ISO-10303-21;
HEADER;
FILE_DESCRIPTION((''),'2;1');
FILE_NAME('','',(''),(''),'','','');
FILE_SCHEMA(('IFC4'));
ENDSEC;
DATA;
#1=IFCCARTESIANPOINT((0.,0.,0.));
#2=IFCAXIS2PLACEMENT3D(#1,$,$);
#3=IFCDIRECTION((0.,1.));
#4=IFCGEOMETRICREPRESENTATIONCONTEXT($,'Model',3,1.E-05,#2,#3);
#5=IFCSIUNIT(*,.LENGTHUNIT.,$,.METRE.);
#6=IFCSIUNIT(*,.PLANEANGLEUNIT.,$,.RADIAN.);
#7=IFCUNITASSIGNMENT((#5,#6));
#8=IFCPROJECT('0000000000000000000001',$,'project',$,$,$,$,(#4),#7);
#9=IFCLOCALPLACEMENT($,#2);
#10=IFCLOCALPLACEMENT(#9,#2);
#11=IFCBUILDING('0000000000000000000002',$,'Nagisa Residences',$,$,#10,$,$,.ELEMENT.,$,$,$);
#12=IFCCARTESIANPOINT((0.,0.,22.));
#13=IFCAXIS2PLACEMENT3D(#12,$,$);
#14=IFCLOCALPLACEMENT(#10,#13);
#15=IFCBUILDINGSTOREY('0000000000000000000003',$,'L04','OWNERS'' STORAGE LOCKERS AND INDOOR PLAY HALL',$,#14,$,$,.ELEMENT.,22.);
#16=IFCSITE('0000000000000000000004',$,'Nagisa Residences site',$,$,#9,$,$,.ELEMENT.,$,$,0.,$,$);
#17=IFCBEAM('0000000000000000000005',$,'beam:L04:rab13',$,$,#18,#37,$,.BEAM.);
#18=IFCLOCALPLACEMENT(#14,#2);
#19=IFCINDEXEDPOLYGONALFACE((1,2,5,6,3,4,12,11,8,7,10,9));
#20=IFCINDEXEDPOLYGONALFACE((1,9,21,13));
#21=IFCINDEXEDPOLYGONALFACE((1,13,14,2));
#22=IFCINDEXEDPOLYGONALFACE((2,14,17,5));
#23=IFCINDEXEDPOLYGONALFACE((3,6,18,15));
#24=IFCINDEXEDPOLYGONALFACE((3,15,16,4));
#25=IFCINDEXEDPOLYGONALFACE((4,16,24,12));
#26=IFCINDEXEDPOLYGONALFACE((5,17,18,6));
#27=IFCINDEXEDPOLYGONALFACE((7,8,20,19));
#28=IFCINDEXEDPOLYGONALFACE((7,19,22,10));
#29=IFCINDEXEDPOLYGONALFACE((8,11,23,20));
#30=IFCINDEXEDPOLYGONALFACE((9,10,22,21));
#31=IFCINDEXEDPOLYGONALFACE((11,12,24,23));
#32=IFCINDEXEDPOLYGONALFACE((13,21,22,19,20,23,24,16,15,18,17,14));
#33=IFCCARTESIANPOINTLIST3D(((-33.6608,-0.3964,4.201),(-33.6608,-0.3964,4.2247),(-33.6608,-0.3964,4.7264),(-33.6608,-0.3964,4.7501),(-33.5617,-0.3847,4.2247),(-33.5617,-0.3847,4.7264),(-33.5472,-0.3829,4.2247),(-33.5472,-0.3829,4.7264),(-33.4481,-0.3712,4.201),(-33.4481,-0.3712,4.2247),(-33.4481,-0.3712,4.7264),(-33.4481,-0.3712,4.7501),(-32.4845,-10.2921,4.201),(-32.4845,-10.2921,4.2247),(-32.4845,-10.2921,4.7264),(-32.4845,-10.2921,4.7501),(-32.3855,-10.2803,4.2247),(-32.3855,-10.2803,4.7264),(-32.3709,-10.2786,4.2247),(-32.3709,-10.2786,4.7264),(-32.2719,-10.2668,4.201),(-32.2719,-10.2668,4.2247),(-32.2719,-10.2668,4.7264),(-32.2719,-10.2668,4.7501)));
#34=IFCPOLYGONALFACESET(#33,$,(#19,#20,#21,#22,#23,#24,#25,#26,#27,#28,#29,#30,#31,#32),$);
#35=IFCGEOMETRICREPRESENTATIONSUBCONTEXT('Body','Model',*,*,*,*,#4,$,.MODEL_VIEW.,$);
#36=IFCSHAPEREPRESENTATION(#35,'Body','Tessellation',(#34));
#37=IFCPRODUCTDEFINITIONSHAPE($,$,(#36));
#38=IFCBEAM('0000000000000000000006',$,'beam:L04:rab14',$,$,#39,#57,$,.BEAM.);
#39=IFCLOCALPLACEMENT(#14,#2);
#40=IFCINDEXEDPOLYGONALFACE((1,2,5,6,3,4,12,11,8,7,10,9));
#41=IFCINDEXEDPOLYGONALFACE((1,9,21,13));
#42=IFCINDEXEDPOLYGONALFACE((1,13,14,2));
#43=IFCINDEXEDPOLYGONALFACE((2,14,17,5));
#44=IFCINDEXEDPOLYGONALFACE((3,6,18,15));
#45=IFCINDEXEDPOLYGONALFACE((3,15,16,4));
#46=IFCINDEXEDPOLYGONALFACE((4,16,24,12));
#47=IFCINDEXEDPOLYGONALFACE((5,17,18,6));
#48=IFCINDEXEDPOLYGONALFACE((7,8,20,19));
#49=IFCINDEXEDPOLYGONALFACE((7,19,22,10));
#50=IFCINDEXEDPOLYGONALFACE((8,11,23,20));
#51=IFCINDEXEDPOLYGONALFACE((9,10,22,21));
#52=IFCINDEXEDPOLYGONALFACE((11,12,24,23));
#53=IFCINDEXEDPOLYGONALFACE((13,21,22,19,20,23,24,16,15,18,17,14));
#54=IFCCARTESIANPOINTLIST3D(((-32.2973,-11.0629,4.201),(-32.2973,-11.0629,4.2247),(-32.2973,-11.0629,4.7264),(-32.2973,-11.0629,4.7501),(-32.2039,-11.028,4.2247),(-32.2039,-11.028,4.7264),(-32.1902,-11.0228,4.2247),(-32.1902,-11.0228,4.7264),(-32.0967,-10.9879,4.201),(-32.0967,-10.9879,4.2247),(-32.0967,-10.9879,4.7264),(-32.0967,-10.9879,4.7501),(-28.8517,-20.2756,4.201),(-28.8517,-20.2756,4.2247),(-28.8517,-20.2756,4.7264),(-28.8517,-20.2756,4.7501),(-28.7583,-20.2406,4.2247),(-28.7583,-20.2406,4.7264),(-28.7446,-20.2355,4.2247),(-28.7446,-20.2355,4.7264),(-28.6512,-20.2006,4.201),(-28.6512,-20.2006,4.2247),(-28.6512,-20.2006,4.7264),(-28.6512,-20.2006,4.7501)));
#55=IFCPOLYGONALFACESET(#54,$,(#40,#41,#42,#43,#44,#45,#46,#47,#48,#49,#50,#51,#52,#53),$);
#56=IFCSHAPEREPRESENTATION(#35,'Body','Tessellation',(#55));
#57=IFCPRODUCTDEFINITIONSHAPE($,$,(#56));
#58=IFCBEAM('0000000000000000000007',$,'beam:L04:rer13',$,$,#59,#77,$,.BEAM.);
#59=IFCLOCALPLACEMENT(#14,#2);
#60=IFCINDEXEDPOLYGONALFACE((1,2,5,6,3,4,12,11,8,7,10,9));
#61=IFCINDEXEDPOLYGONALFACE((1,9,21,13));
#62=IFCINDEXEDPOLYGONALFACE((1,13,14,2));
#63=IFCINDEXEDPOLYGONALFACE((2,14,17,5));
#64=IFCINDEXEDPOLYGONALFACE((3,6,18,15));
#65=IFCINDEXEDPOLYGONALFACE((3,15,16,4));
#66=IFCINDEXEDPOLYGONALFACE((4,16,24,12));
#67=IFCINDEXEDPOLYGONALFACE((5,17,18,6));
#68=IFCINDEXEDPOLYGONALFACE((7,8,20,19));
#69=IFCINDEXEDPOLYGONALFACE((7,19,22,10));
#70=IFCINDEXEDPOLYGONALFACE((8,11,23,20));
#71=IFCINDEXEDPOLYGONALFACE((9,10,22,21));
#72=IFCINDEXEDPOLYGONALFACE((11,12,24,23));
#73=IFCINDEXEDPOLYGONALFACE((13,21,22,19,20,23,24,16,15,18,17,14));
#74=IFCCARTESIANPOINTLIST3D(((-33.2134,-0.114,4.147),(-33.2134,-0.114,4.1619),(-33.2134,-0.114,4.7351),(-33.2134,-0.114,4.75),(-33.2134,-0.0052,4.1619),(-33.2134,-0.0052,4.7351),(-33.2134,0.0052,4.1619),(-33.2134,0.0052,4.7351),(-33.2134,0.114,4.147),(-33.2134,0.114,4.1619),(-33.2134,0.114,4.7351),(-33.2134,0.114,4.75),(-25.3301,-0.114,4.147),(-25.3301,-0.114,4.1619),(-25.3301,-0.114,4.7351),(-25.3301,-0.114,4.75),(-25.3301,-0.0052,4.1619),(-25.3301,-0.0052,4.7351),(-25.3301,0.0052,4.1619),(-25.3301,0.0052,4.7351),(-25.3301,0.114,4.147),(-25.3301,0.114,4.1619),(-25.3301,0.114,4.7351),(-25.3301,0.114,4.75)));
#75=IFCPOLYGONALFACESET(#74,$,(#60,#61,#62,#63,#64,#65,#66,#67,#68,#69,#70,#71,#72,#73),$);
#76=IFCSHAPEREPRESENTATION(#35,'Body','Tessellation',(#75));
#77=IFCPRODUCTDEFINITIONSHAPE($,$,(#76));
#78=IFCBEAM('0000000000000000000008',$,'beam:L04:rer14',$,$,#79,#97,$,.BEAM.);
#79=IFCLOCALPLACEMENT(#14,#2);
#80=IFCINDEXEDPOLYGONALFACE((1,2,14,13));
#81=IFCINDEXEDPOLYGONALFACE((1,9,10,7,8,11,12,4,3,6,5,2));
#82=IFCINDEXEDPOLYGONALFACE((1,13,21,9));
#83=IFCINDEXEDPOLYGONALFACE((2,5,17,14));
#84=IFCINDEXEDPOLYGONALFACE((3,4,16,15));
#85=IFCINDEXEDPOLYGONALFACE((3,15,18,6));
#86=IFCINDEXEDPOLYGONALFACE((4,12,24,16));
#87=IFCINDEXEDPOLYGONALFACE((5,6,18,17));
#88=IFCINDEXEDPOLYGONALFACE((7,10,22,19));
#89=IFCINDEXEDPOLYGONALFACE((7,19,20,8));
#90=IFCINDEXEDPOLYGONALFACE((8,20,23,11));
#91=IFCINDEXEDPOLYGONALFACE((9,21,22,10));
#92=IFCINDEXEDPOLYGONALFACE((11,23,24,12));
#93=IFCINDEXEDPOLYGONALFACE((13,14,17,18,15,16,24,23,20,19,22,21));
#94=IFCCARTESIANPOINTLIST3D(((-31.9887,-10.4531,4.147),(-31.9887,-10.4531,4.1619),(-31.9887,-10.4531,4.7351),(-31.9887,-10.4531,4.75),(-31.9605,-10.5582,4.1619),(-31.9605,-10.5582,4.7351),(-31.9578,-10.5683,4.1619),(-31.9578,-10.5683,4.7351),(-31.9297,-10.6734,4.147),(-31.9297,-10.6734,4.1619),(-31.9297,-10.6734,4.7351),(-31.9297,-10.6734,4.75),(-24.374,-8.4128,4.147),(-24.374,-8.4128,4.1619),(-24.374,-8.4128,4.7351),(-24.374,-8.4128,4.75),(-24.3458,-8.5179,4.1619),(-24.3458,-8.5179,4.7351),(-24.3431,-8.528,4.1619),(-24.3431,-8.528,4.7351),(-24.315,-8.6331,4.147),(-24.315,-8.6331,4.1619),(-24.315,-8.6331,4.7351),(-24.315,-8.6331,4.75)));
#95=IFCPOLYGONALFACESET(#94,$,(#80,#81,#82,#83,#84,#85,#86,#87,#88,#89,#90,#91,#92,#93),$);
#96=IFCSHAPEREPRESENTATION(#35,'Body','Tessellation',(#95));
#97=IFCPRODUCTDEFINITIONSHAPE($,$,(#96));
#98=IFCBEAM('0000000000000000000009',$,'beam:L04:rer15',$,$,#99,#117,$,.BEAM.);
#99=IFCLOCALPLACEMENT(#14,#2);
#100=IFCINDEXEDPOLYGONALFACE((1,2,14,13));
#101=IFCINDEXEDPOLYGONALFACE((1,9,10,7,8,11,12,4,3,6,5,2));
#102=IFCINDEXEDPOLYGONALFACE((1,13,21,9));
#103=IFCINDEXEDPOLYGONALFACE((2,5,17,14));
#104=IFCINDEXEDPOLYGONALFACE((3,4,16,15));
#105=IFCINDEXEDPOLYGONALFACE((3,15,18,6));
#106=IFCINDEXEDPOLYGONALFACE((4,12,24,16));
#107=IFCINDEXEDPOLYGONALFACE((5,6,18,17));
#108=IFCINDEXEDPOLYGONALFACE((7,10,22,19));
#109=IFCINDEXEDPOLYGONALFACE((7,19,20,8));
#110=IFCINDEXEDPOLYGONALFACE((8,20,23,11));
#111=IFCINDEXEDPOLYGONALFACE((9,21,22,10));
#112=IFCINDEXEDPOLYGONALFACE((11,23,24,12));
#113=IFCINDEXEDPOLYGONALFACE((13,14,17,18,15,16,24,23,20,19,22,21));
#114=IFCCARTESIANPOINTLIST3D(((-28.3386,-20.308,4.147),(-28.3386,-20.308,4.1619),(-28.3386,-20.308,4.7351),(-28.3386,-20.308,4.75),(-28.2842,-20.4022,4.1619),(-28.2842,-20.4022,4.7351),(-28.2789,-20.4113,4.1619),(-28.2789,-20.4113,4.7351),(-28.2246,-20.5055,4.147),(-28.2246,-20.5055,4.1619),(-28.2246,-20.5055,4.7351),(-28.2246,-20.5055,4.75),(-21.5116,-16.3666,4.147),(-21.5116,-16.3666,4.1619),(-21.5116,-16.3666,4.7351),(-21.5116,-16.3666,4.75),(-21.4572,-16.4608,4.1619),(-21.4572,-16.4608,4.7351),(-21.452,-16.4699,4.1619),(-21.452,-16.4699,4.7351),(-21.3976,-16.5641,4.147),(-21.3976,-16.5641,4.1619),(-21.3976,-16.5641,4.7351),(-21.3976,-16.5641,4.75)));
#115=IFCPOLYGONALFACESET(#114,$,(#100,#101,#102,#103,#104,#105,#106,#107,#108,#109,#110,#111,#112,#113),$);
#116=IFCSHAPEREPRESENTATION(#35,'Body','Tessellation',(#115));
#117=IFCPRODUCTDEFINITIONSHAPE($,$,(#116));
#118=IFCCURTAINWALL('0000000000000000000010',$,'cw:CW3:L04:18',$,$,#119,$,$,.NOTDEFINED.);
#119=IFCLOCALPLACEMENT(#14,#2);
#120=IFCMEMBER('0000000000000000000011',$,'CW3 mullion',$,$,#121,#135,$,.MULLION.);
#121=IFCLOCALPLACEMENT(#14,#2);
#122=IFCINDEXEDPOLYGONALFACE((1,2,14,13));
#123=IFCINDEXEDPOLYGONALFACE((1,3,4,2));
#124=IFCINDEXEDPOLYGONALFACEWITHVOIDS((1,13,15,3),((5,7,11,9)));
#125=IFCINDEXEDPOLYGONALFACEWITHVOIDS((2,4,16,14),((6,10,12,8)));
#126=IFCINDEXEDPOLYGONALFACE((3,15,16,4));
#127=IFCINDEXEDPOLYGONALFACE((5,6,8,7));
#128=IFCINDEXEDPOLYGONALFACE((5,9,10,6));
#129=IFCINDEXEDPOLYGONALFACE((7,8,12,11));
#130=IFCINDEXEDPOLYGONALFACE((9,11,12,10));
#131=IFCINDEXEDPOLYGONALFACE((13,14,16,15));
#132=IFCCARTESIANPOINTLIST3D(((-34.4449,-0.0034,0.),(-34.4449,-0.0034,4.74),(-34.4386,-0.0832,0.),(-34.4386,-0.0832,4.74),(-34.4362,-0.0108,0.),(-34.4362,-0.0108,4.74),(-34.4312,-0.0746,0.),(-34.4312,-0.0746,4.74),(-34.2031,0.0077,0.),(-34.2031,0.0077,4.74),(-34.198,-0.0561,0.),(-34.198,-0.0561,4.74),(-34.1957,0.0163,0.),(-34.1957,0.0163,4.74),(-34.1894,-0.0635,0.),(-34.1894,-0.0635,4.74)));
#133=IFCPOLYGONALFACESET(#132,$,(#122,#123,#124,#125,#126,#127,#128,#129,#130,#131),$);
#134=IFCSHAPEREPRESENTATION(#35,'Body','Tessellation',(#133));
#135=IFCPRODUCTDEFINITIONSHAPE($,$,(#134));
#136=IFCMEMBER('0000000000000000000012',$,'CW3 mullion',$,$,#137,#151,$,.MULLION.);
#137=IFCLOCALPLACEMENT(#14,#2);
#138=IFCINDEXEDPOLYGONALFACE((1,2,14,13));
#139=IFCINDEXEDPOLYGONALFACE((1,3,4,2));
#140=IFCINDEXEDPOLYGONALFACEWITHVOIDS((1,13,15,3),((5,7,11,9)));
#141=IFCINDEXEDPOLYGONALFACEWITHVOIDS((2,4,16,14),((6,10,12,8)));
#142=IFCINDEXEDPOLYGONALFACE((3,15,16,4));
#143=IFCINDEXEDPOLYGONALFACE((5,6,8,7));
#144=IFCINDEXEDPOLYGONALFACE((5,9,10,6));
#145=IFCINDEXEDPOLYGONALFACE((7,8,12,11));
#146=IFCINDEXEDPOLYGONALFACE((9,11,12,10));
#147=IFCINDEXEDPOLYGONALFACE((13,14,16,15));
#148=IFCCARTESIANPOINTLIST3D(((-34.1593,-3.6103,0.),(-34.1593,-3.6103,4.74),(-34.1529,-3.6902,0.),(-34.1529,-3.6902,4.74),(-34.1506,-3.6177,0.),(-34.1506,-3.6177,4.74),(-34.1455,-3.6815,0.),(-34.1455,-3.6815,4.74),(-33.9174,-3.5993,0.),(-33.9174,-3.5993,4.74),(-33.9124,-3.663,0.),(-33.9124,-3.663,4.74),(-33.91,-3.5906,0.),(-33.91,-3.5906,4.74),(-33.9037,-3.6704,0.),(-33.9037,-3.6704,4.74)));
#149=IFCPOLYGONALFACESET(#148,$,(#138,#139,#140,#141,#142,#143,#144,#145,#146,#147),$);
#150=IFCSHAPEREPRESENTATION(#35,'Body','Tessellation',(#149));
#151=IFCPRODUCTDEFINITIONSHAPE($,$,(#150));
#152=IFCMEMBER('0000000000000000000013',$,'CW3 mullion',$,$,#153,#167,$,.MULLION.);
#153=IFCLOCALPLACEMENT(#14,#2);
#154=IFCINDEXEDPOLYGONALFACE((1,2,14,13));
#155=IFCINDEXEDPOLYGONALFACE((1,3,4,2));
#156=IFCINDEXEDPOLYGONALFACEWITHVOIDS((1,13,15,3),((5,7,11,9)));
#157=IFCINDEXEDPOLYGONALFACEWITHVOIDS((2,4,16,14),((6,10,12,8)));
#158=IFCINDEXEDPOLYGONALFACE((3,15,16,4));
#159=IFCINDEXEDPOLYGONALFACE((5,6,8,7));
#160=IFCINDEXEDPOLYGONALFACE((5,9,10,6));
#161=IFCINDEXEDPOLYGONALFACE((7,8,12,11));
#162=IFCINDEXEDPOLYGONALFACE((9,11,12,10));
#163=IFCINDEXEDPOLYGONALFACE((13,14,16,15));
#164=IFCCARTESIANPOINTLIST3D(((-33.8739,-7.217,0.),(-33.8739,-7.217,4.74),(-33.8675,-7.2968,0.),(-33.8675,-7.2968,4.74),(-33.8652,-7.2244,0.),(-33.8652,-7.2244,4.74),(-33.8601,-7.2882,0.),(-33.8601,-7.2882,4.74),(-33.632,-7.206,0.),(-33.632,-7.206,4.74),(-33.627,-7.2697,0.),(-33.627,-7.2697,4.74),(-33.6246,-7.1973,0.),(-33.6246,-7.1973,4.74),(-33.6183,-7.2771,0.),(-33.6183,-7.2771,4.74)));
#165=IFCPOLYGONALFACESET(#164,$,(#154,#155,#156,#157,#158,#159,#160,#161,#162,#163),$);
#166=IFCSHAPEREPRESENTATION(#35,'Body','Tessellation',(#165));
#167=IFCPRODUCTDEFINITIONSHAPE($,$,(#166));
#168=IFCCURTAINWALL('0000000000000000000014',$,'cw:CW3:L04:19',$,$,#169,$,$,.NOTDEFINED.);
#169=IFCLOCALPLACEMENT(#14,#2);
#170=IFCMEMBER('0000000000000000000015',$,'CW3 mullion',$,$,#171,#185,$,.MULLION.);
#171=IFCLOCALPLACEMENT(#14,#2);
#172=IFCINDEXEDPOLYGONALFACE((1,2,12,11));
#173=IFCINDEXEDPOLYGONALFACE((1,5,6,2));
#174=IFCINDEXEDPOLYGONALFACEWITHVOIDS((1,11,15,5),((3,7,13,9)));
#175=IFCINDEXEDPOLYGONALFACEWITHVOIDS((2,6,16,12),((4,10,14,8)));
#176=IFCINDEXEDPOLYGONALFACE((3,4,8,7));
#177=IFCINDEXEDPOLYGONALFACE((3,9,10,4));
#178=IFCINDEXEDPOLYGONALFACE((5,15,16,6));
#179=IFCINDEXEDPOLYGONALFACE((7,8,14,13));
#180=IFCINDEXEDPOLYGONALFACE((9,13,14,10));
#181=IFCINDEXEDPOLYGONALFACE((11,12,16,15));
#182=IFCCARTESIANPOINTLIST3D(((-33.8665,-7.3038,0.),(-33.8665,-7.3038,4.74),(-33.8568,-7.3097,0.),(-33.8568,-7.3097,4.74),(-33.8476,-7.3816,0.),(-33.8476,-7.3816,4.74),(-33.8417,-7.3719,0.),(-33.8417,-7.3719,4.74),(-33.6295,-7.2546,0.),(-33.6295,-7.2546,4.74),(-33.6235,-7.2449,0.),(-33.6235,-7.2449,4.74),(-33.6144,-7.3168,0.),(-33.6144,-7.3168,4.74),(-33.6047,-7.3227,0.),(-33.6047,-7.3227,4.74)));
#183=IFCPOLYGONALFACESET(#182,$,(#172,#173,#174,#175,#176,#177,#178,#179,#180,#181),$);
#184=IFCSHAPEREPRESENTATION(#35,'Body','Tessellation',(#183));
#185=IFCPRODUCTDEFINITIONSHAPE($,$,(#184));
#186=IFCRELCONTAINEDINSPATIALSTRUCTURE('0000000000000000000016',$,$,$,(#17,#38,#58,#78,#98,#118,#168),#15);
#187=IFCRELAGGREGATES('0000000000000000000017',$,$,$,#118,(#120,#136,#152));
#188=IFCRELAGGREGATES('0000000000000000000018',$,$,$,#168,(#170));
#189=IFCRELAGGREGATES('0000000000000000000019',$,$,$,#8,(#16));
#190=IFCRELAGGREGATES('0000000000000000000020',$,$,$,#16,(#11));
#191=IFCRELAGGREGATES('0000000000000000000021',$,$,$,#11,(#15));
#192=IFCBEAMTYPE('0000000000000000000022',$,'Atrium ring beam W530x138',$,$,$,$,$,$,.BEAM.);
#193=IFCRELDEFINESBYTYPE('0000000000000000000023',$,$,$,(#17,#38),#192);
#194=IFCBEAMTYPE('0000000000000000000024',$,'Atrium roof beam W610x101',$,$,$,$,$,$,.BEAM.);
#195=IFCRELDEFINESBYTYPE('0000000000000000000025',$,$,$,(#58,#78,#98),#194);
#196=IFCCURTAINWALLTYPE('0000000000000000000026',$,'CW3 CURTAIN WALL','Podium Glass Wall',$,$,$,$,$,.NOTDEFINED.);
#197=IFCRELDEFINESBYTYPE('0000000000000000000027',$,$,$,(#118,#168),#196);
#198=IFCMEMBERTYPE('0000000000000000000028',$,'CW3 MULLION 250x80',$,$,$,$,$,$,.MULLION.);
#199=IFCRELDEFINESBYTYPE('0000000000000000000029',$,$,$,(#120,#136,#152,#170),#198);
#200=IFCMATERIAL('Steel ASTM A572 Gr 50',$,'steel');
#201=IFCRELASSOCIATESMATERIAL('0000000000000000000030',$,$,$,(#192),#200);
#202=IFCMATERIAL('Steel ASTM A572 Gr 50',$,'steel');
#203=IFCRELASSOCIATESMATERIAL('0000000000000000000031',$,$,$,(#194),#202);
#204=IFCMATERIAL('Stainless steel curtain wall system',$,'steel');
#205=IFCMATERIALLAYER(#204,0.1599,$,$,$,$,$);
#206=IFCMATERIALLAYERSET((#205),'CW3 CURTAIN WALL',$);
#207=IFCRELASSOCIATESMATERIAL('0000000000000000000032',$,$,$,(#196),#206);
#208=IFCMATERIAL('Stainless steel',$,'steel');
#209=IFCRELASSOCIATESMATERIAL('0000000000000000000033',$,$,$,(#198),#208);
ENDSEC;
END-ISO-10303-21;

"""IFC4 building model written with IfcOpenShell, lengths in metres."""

from ifc_helpers import new_model, si_unit, direction, frame, origin, origin_2d, place, context, subcontext, project, spatial, hollow_rectangle, i_section, extrude, material, layer, layer_set, material_profile, profile_set, type_object, element, aggregate, save


model = new_model("IFC4")

# Units and contexts
model_context = context("Model", 3, precision=1e-05, world=origin(), true_north=direction((0.0, 1.0)))
body_context = subcontext(model_context, "Body", "Model", "MODEL_VIEW")
ifc_project = project(units=[si_unit("LENGTHUNIT", "METRE"), si_unit("PLANEANGLEUNIT", "RADIAN")], contexts=[model_context])

# Site, building, storey
site_placement = place(None, origin())
site = spatial("IfcSite", under=ifc_project, at=site_placement, Name="Nagisa Residences site", CompositionType="ELEMENT", RefElevation=0.0)
building_placement = place(site_placement, origin())
building = spatial("IfcBuilding", under=site, at=building_placement, Name="Nagisa Residences", CompositionType="ELEMENT")
storey_placement = place(building_placement, frame((0.0, 0.0, 22.0)))
storey = spatial("IfcBuildingStorey", under=building, at=storey_placement, Name="L04", Description="OWNERS' STORAGE LOCKERS AND INDOOR PLAY HALL", CompositionType="ELEMENT", Elevation=22.0)

# Beams
ifc_material_1 = material(Name="Steel ASTM A572 Gr 50", Category="steel")
ifc_material_profile_1 = material_profile(ifc_material_1, i_section(OverallWidth=0.2141, OverallDepth=0.5491, WebThickness=0.0146, FlangeThickness=0.0237, at=origin_2d()), Name="W530x138")
ifc_profile_set_1 = profile_set([ifc_material_profile_1], Name="Steel ASTM A572 Gr 50")
beam_type_1 = type_object("IfcBeamType", Name="Atrium ring beam W530x138", PredefinedType="BEAM", material=ifc_profile_set_1)
beam_1_placement = place(storey_placement, frame((-33.5544, -0.3838, 4.4756), z_axis=(0.118035, -0.993009, 0.0), x_axis=(0.993009, 0.118035, 0.0)))
element("IfcBeam", 1, at=beam_1_placement, inside=storey, type_object=beam_type_1, Name="beam:L04:rab13", PredefinedType="BEAM", context=body_context, shape_type="SweptSolid", body=[
    extrude(i_section(OverallWidth=0.2141, OverallDepth=0.5491, WebThickness=0.0146, FlangeThickness=0.0237, at=origin_2d()), origin(), (0.0, 0.0, 1.0), 9.9653),
])
beam_2_placement = place(storey_placement, frame((-32.197, -11.0254, 4.4756), z_axis=(0.350305, -0.936636, 0.0), x_axis=(0.936636, 0.350305, 0.0)))
element("IfcBeam", 2, at=beam_2_placement, inside=storey, type_object=beam_type_1, Name="beam:L04:rab14", PredefinedType="BEAM", context=body_context, shape_type="SweptSolid", body=[
    extrude(i_section(OverallWidth=0.2141, OverallDepth=0.5491, WebThickness=0.0146, FlangeThickness=0.0237, at=origin_2d()), origin(), (0.0, 0.0, 1.0), 9.8359),
])
ifc_material_2 = material(Name="Steel ASTM A572 Gr 50", Category="steel")
ifc_material_profile_2 = material_profile(ifc_material_2, i_section(OverallWidth=0.228, OverallDepth=0.603, WebThickness=0.0105, FlangeThickness=0.0149, at=origin_2d()), Name="W610x101")
ifc_profile_set_2 = profile_set([ifc_material_profile_2], Name="Steel ASTM A572 Gr 50")
beam_type_2 = type_object("IfcBeamType", Name="Atrium roof beam W610x101", PredefinedType="BEAM", material=ifc_profile_set_2)
for number, where, z_axis, x_axis, name in (
    (3, (-25.3301, 0.0, 4.4485), (-1.0, 0.0, 0.0), (0.0, -1.0, 0.0), "beam:L04:rer13"),
    (4, (-24.3445, -8.5229, 4.4485), (-0.965928, -0.258809, 0.0), (0.258809, -0.965928, 0.0), "beam:L04:rer14"),
):
    element("IfcBeam", number, at=place(storey_placement, frame(where, z_axis=z_axis, x_axis=x_axis)), inside=storey, type_object=beam_type_2, Name=name, PredefinedType="BEAM", context=body_context, shape_type="SweptSolid", body=[
        extrude(i_section(OverallWidth=0.228, OverallDepth=0.603, WebThickness=0.0105, FlangeThickness=0.0149, at=origin_2d()), origin(), (0.0, 0.0, 1.0), 7.8833),
    ])
beam_3_placement = place(storey_placement, frame((-21.4546, -16.4653, 4.4485), z_axis=(-0.866031, -0.49999, 0.0), x_axis=(0.49999, -0.866031, 0.0)))
element("IfcBeam", 5, at=beam_3_placement, inside=storey, type_object=beam_type_2, Name="beam:L04:rer15", PredefinedType="BEAM", context=body_context, shape_type="SweptSolid", body=[
    extrude(i_section(OverallWidth=0.228, OverallDepth=0.603, WebThickness=0.0105, FlangeThickness=0.0149, at=origin_2d()), origin(), (0.0, 0.0, 1.0), 7.8831),
])

# Curtain walls, members
ifc_material_3 = material(Name="Stainless steel curtain wall system", Category="steel")
ifc_layer_1 = layer(ifc_material_3, 0.1599)
ifc_layer_set_1 = layer_set([ifc_layer_1], Name="CW3 CURTAIN WALL")
curtain_wall_type_1 = type_object("IfcCurtainWallType", Name="CW3 CURTAIN WALL", Description="Podium Glass Wall", PredefinedType="NOTDEFINED", material=ifc_layer_set_1)
curtain_wall_1_placement = place(storey_placement, origin())
curtain_wall_1 = element("IfcCurtainWall", 6, at=curtain_wall_1_placement, inside=storey, type_object=curtain_wall_type_1, Name="cw:CW3:L04:18", PredefinedType="NOTDEFINED")
ifc_material_4 = material(Name="Stainless steel", Category="steel")
ifc_material_profile_3 = material_profile(ifc_material_4, hollow_rectangle(XDim=0.25, YDim=0.0801, WallThickness=0.0081, at=origin_2d()), Name="CW3 MULLION 250x80")
ifc_profile_set_3 = profile_set([ifc_material_profile_3], Name="Stainless steel")
member_type_1 = type_object("IfcMemberType", Name="CW3 MULLION 250x80", PredefinedType="MULLION", material=ifc_profile_set_3)
member_1_placement = place(storey_placement, frame((-34.3171, -0.0334, 0.0), z_axis=(0.0, 0.0, 1.0), x_axis=(0.996882, 0.07891, 0.0)))
member_1 = element("IfcMember", 7, at=member_1_placement, type_object=member_type_1, Name="CW3 mullion", PredefinedType="MULLION", context=body_context, shape_type="SweptSolid", body=[
    extrude(hollow_rectangle(XDim=0.25, YDim=0.0801, WallThickness=0.0081, at=origin_2d()), origin(), (0.0, 0.0, 1.0), 4.74),
])
member_2_placement = place(storey_placement, frame((-34.0315, -3.6404, 0.0), z_axis=(0.0, 0.0, 1.0), x_axis=(0.996882, 0.07891, 0.0)))
member_2 = element("IfcMember", 8, at=member_2_placement, type_object=member_type_1, Name="CW3 mullion", PredefinedType="MULLION", context=body_context, shape_type="SweptSolid", body=[
    extrude(hollow_rectangle(XDim=0.25, YDim=0.0801, WallThickness=0.0081, at=origin_2d()), origin(), (0.0, 0.0, 1.0), 4.74),
])
member_3_placement = place(storey_placement, frame((-33.7461, -7.2471, 0.0), z_axis=(0.0, 0.0, 1.0), x_axis=(0.996882, 0.07891, 0.0)))
member_3 = element("IfcMember", 9, at=member_3_placement, type_object=member_type_1, Name="CW3 mullion", PredefinedType="MULLION", context=body_context, shape_type="SweptSolid", body=[
    extrude(hollow_rectangle(XDim=0.25, YDim=0.0801, WallThickness=0.0081, at=origin_2d()), origin(), (0.0, 0.0, 1.0), 4.74),
])
curtain_wall_2_placement = place(storey_placement, origin())
curtain_wall_2 = element("IfcCurtainWall", 10, at=curtain_wall_2_placement, inside=storey, type_object=curtain_wall_type_1, Name="cw:CW3:L04:19", PredefinedType="NOTDEFINED")
member_4_placement = place(storey_placement, frame((-33.7356, -7.3132, 0.0), z_axis=(0.0, 0.0, 1.0), x_axis=(0.971849, 0.235606, 0.0)))
member_4 = element("IfcMember", 11, at=member_4_placement, type_object=member_type_1, Name="CW3 mullion", PredefinedType="MULLION", context=body_context, shape_type="SweptSolid", body=[
    extrude(hollow_rectangle(XDim=0.25, YDim=0.0801, WallThickness=0.0081, at=origin_2d()), origin(), (0.0, 0.0, 1.0), 4.74),
])

aggregate(curtain_wall_1, [member_1, member_2, member_3])
aggregate(curtain_wall_2, [member_4])

save(model, "model.ifc")
